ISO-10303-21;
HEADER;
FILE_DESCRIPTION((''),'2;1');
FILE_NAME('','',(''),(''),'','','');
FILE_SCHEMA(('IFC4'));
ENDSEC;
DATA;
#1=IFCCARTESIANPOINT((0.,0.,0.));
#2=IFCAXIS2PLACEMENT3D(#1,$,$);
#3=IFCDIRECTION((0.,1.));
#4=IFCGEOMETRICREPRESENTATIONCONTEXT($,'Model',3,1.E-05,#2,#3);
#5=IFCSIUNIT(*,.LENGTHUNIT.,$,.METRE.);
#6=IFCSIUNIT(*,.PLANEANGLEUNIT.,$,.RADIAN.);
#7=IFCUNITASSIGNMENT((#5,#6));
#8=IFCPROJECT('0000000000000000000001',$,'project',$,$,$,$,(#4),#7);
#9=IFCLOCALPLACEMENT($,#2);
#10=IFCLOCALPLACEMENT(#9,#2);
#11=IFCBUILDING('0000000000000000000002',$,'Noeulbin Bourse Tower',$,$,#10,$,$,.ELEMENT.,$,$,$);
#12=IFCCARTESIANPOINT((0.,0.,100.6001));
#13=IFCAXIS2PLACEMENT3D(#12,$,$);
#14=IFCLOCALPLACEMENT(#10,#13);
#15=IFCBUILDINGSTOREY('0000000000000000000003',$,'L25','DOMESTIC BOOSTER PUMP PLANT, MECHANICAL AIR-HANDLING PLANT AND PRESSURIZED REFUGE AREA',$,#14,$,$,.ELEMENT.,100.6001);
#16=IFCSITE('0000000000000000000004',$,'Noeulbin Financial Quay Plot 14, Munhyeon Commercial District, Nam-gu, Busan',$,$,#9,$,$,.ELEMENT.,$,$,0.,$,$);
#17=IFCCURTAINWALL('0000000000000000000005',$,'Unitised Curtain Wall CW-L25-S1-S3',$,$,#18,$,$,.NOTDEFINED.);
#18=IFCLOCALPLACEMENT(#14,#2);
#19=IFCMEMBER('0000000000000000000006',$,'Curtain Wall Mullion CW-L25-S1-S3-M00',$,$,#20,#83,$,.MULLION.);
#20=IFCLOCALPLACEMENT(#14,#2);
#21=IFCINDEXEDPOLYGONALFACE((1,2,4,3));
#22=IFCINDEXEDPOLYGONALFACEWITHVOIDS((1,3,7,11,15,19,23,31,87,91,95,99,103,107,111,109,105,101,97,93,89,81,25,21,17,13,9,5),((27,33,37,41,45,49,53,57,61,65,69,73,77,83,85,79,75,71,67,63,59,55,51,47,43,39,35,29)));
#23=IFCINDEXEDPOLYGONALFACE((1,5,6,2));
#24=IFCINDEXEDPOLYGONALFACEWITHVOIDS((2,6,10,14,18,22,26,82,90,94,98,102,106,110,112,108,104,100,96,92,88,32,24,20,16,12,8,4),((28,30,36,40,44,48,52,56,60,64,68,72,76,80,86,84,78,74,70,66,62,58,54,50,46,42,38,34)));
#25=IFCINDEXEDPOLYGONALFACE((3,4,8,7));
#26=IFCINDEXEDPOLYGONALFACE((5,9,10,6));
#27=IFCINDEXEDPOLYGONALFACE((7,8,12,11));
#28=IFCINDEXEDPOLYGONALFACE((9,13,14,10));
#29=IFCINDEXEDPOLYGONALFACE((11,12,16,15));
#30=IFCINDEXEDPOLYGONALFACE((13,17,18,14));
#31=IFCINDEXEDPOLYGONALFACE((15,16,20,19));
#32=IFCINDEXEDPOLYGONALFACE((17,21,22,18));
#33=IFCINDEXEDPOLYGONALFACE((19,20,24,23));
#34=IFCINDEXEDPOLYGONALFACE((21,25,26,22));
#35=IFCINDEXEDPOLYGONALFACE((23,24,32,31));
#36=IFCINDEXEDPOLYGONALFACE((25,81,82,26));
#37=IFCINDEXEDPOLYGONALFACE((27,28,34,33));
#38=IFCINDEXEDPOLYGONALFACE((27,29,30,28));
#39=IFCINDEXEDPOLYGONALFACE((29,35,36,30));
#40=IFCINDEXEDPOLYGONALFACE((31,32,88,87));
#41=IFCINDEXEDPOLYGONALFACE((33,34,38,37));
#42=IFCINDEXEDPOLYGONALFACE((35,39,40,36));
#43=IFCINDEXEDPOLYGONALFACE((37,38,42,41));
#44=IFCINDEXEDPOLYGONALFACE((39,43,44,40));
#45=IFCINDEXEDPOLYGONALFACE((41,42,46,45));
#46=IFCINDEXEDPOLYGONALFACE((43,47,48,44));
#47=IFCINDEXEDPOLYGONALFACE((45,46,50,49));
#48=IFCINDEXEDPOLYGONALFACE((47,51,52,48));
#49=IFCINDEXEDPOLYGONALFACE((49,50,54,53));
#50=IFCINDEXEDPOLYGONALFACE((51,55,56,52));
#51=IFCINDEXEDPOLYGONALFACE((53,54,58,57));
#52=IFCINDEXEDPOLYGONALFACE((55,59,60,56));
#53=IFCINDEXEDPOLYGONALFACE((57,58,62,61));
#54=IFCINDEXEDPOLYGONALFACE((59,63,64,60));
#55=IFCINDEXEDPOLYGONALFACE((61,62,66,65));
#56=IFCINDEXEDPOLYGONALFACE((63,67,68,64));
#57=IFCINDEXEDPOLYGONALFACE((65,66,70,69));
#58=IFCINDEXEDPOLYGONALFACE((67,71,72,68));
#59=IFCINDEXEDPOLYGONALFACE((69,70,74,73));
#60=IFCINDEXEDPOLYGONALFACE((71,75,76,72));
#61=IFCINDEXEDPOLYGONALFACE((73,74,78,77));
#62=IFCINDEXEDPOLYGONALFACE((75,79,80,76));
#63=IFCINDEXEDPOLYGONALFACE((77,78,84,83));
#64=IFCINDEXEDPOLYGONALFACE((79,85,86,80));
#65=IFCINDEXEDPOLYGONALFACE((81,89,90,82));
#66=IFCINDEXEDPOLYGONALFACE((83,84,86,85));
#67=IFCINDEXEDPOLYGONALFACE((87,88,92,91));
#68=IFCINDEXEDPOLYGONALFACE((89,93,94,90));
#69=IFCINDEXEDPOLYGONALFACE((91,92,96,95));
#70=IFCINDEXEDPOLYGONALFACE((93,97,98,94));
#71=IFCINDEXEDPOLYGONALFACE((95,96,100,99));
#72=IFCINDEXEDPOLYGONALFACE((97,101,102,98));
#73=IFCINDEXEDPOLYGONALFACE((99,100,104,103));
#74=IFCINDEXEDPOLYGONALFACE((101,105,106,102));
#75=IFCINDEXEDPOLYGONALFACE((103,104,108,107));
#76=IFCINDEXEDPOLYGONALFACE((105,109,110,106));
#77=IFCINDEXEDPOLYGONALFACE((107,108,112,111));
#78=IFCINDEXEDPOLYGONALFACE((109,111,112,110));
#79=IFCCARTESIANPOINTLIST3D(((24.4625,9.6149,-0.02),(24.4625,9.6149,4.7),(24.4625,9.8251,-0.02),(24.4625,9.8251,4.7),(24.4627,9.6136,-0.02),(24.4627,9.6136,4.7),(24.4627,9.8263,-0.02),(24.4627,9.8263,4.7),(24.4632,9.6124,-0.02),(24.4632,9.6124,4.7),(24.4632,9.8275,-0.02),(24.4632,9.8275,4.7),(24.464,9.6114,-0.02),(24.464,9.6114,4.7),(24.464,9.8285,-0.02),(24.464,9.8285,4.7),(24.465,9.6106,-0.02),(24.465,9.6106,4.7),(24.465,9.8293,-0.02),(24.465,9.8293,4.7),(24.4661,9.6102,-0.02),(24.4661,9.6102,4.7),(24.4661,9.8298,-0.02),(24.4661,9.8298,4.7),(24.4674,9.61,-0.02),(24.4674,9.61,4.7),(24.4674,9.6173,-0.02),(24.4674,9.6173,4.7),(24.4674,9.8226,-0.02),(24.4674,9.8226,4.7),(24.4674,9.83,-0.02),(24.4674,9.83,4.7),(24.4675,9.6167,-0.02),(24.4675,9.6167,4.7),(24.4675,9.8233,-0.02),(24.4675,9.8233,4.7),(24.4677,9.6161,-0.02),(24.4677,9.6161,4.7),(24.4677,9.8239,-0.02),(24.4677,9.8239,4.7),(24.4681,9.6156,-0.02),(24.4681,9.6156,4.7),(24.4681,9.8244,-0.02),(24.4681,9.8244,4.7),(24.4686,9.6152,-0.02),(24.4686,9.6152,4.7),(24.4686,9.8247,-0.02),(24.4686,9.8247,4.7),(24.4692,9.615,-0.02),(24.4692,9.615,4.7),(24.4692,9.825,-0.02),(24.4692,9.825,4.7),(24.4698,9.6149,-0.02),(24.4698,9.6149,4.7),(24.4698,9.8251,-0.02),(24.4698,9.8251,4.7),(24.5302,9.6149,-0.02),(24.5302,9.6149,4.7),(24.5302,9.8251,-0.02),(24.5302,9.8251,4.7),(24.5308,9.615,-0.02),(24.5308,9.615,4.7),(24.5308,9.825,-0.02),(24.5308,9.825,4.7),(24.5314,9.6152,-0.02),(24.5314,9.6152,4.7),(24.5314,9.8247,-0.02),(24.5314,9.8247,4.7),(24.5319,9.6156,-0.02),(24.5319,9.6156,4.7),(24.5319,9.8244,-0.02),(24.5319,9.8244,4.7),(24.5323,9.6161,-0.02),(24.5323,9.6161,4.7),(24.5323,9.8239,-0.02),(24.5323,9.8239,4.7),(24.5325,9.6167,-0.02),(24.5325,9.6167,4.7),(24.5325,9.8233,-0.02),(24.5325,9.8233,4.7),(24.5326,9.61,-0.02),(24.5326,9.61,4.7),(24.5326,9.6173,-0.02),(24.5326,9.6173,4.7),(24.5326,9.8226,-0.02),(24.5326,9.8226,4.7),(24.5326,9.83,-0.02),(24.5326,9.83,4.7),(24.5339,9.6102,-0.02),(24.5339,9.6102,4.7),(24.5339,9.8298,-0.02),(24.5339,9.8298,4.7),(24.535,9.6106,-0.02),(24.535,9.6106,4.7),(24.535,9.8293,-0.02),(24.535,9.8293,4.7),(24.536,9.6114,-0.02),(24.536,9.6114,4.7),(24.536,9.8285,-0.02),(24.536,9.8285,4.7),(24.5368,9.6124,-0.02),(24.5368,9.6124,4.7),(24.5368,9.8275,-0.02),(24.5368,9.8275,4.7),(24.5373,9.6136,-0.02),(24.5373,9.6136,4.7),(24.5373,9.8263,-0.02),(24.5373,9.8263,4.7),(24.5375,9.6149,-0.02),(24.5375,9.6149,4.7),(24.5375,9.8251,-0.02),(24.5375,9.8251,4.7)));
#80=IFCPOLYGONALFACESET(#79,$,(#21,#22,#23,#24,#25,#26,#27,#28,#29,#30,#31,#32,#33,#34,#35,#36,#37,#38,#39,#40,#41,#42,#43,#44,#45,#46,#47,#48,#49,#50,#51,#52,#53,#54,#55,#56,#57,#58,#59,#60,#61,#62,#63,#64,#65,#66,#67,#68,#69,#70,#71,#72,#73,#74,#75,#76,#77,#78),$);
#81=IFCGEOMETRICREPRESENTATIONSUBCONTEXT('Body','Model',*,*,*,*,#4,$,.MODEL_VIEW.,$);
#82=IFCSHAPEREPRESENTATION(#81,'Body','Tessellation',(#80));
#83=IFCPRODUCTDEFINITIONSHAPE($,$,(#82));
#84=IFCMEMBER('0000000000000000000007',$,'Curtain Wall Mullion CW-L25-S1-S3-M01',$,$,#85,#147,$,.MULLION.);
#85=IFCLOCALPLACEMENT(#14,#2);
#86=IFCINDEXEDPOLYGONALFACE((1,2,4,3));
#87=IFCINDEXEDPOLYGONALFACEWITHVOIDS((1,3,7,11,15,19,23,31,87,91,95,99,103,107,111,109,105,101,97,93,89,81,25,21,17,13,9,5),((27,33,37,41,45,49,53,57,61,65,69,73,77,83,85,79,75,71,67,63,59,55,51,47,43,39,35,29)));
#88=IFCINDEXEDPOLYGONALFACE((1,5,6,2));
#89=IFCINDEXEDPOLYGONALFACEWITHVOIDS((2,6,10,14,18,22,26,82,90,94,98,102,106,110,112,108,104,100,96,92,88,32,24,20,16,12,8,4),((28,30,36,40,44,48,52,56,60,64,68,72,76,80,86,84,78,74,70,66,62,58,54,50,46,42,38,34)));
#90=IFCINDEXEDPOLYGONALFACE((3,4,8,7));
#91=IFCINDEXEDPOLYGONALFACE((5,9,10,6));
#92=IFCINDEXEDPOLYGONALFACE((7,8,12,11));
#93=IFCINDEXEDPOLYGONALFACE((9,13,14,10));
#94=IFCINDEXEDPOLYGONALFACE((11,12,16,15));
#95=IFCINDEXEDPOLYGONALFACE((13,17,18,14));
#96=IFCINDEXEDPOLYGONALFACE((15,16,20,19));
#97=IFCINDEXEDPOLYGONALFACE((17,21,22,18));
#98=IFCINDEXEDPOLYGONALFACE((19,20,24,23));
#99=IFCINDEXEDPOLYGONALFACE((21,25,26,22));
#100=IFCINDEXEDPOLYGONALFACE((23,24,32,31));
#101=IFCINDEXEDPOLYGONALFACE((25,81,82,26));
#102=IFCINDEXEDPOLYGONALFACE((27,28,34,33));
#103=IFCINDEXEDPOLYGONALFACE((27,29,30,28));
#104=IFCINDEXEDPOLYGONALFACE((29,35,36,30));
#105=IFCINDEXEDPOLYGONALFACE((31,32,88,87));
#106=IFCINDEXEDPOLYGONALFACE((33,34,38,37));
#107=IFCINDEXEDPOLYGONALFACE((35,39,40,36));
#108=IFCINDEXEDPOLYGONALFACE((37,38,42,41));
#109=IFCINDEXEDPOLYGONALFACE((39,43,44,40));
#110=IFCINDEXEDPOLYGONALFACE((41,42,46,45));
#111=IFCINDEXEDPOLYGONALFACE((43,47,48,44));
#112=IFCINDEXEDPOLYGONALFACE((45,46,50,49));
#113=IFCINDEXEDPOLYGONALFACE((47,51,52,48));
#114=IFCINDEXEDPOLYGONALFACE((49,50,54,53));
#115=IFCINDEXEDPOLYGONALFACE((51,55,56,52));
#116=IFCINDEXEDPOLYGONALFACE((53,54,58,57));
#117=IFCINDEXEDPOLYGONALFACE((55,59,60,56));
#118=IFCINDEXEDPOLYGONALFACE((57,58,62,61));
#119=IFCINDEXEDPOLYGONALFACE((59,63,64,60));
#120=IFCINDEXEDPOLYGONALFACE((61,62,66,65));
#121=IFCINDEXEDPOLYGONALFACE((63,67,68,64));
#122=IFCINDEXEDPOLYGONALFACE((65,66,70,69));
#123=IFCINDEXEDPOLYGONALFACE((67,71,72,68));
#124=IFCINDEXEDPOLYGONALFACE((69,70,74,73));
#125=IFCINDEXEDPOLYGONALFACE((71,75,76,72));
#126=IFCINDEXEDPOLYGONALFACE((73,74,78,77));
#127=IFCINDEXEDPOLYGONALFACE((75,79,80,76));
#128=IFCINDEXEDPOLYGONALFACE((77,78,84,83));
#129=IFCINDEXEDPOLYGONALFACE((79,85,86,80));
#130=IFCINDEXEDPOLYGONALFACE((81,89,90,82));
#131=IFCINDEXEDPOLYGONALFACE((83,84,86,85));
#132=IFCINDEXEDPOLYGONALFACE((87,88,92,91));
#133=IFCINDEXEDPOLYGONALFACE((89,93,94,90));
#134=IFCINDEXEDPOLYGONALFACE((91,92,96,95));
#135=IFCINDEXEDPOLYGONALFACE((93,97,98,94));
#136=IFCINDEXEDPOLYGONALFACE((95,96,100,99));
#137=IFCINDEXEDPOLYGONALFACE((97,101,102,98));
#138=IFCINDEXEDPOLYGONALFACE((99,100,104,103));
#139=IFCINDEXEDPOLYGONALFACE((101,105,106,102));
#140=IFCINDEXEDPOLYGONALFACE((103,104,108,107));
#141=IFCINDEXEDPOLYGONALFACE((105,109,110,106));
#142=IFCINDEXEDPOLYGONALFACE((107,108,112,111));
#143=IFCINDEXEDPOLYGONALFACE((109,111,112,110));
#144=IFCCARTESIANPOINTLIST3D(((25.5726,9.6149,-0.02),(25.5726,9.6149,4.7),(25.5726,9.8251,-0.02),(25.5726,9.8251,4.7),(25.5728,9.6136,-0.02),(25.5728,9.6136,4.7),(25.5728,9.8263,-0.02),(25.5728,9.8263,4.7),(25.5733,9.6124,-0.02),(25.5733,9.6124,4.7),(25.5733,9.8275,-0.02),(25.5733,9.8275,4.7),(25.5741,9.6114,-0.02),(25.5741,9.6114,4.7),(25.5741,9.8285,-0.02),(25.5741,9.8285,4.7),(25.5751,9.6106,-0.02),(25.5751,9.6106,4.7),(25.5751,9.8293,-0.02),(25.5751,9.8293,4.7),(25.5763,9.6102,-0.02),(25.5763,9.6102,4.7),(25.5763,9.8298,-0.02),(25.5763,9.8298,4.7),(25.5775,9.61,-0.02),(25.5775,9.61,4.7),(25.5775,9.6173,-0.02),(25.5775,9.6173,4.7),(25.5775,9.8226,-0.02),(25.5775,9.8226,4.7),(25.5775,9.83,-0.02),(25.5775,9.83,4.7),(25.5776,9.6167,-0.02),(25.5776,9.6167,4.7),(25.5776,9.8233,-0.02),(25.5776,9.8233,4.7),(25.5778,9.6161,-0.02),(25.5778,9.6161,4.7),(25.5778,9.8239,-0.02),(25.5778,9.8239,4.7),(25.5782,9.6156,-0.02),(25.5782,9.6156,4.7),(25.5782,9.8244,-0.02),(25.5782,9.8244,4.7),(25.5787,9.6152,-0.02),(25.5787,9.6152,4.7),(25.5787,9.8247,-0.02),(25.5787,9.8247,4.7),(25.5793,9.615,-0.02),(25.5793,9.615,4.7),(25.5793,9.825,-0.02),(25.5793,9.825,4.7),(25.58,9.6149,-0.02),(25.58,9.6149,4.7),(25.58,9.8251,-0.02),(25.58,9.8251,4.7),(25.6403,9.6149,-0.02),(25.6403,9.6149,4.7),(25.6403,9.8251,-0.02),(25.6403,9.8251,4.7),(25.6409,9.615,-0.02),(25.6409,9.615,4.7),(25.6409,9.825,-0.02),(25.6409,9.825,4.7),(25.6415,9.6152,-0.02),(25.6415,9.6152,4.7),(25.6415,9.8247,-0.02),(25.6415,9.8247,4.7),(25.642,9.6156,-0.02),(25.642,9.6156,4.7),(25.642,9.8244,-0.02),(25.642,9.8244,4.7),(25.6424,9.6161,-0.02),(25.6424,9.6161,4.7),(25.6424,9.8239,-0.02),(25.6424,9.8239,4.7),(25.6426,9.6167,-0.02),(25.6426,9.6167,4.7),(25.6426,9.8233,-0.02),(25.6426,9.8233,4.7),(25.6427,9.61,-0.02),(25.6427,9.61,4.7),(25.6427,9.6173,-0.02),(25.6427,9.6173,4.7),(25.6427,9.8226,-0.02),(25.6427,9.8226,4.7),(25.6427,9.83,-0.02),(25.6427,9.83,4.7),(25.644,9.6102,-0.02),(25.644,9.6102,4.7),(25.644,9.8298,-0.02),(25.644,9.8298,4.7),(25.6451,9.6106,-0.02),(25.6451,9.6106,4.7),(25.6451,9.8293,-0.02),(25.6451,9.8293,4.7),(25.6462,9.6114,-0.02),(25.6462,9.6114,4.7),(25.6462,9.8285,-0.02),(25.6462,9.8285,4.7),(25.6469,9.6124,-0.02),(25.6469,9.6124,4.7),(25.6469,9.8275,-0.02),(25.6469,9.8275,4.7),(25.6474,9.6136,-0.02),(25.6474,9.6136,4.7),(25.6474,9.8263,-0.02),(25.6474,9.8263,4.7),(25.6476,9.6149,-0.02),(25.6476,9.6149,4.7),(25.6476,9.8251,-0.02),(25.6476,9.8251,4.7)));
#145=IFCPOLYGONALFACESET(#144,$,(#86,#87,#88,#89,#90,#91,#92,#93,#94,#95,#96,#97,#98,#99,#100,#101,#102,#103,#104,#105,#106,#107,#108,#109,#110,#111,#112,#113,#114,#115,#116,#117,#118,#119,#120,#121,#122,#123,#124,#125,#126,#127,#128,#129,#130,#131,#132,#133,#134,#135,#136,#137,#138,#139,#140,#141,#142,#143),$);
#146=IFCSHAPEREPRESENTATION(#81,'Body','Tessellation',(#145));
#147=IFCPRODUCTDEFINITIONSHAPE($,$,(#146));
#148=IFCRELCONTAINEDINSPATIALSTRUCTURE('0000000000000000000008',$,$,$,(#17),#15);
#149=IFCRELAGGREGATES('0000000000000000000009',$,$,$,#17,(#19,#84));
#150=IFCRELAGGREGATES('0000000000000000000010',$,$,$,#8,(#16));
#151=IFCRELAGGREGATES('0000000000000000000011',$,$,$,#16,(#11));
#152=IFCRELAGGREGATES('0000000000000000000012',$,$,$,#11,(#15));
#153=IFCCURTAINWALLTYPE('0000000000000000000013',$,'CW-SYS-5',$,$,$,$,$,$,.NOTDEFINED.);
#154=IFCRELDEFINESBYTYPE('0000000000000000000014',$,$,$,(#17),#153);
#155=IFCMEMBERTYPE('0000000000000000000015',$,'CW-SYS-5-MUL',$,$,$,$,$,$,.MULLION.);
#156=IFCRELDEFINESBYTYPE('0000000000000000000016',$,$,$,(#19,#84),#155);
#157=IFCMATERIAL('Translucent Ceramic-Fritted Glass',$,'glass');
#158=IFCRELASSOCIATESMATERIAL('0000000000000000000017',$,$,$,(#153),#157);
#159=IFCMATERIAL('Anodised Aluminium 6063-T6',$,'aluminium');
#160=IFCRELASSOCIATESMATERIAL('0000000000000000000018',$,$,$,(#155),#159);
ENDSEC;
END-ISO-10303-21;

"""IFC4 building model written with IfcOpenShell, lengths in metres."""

from ifc_helpers import new_model, si_unit, direction, frame, origin, origin_2d, place, context, subcontext, project, spatial, hollow_rectangle, extrude, material, material_profile, profile_set, type_object, element, aggregate, save


model = new_model("IFC4")

# Units and contexts
model_context = context("Model", 3, precision=1e-05, world=origin(), true_north=direction((0.0, 1.0)))
body_context = subcontext(model_context, "Body", "Model", "MODEL_VIEW")
ifc_project = project(units=[si_unit("LENGTHUNIT", "METRE"), si_unit("PLANEANGLEUNIT", "RADIAN")], contexts=[model_context])

# Site, building, storey
site_placement = place(None, origin())
site = spatial("IfcSite", under=ifc_project, at=site_placement, Name="Noeulbin Financial Quay Plot 14, Munhyeon Commercial District, Nam-gu, Busan", CompositionType="ELEMENT", RefElevation=0.0)
building_placement = place(site_placement, origin())
building = spatial("IfcBuilding", under=site, at=building_placement, Name="Noeulbin Bourse Tower", CompositionType="ELEMENT")
storey_placement = place(building_placement, frame((0.0, 0.0, 100.6001)))
storey = spatial("IfcBuildingStorey", under=building, at=storey_placement, Name="L25", Description="DOMESTIC BOOSTER PUMP PLANT, MECHANICAL AIR-HANDLING PLANT AND PRESSURIZED REFUGE AREA", CompositionType="ELEMENT", Elevation=100.6001)

# Shared definitions
ifc_material_1 = material(Name="Translucent Ceramic-Fritted Glass", Category="glass")
curtain_wall_type = type_object("IfcCurtainWallType", Name="CW-SYS-5", PredefinedType="NOTDEFINED", material=ifc_material_1)
ifc_material_2 = material(Name="Anodised Aluminium 6063-T6", Category="aluminium")
ifc_material_profile_1 = material_profile(ifc_material_2, hollow_rectangle(XDim=0.075, YDim=0.22, WallThickness=0.0049, InnerFilletRadius=0.0024, OuterFilletRadius=0.0049, at=origin_2d()), Name="ALU-MULL-75x220x5", Category="LoadBearing")
ifc_profile_set_1 = profile_set([ifc_material_profile_1], Name="Anodised Aluminium 6063-T6")
member_type_1 = type_object("IfcMemberType", Name="CW-SYS-5-MUL", PredefinedType="MULLION", material=ifc_profile_set_1)

# Curtain wall, members
curtain_wall_1_placement = place(storey_placement, origin())
curtain_wall_1 = element("IfcCurtainWall", 1, at=curtain_wall_1_placement, inside=storey, type_object=curtain_wall_type, Name="Unitised Curtain Wall CW-L25-S1-S3", PredefinedType="NOTDEFINED")
member_1_placement = place(storey_placement, frame((24.5, 9.72, -0.02), z_axis=(0.0, 0.0, 1.0), x_axis=(1.0, 0.0, 0.0)))
member_1 = element("IfcMember", 2, at=member_1_placement, type_object=member_type_1, Name="Curtain Wall Mullion CW-L25-S1-S3-M00", PredefinedType="MULLION", context=body_context, shape_type="SweptSolid", body=[
    extrude(hollow_rectangle(XDim=0.075, YDim=0.22, WallThickness=0.0049, InnerFilletRadius=0.0024, OuterFilletRadius=0.0049, at=origin_2d()), origin(), (0.0, 0.0, 1.0), 4.72),
])
member_2_placement = place(storey_placement, frame((25.6101, 9.72, -0.02), z_axis=(0.0, 0.0, 1.0), x_axis=(1.0, 0.0, 0.0)))
member_2 = element("IfcMember", 3, at=member_2_placement, type_object=member_type_1, Name="Curtain Wall Mullion CW-L25-S1-S3-M01", PredefinedType="MULLION", context=body_context, shape_type="SweptSolid", body=[
    extrude(hollow_rectangle(XDim=0.075, YDim=0.22, WallThickness=0.0049, InnerFilletRadius=0.0024, OuterFilletRadius=0.0049, at=origin_2d()), origin(), (0.0, 0.0, 1.0), 4.72),
])

aggregate(curtain_wall_1, [member_1, member_2])

save(model, "model.ifc")
